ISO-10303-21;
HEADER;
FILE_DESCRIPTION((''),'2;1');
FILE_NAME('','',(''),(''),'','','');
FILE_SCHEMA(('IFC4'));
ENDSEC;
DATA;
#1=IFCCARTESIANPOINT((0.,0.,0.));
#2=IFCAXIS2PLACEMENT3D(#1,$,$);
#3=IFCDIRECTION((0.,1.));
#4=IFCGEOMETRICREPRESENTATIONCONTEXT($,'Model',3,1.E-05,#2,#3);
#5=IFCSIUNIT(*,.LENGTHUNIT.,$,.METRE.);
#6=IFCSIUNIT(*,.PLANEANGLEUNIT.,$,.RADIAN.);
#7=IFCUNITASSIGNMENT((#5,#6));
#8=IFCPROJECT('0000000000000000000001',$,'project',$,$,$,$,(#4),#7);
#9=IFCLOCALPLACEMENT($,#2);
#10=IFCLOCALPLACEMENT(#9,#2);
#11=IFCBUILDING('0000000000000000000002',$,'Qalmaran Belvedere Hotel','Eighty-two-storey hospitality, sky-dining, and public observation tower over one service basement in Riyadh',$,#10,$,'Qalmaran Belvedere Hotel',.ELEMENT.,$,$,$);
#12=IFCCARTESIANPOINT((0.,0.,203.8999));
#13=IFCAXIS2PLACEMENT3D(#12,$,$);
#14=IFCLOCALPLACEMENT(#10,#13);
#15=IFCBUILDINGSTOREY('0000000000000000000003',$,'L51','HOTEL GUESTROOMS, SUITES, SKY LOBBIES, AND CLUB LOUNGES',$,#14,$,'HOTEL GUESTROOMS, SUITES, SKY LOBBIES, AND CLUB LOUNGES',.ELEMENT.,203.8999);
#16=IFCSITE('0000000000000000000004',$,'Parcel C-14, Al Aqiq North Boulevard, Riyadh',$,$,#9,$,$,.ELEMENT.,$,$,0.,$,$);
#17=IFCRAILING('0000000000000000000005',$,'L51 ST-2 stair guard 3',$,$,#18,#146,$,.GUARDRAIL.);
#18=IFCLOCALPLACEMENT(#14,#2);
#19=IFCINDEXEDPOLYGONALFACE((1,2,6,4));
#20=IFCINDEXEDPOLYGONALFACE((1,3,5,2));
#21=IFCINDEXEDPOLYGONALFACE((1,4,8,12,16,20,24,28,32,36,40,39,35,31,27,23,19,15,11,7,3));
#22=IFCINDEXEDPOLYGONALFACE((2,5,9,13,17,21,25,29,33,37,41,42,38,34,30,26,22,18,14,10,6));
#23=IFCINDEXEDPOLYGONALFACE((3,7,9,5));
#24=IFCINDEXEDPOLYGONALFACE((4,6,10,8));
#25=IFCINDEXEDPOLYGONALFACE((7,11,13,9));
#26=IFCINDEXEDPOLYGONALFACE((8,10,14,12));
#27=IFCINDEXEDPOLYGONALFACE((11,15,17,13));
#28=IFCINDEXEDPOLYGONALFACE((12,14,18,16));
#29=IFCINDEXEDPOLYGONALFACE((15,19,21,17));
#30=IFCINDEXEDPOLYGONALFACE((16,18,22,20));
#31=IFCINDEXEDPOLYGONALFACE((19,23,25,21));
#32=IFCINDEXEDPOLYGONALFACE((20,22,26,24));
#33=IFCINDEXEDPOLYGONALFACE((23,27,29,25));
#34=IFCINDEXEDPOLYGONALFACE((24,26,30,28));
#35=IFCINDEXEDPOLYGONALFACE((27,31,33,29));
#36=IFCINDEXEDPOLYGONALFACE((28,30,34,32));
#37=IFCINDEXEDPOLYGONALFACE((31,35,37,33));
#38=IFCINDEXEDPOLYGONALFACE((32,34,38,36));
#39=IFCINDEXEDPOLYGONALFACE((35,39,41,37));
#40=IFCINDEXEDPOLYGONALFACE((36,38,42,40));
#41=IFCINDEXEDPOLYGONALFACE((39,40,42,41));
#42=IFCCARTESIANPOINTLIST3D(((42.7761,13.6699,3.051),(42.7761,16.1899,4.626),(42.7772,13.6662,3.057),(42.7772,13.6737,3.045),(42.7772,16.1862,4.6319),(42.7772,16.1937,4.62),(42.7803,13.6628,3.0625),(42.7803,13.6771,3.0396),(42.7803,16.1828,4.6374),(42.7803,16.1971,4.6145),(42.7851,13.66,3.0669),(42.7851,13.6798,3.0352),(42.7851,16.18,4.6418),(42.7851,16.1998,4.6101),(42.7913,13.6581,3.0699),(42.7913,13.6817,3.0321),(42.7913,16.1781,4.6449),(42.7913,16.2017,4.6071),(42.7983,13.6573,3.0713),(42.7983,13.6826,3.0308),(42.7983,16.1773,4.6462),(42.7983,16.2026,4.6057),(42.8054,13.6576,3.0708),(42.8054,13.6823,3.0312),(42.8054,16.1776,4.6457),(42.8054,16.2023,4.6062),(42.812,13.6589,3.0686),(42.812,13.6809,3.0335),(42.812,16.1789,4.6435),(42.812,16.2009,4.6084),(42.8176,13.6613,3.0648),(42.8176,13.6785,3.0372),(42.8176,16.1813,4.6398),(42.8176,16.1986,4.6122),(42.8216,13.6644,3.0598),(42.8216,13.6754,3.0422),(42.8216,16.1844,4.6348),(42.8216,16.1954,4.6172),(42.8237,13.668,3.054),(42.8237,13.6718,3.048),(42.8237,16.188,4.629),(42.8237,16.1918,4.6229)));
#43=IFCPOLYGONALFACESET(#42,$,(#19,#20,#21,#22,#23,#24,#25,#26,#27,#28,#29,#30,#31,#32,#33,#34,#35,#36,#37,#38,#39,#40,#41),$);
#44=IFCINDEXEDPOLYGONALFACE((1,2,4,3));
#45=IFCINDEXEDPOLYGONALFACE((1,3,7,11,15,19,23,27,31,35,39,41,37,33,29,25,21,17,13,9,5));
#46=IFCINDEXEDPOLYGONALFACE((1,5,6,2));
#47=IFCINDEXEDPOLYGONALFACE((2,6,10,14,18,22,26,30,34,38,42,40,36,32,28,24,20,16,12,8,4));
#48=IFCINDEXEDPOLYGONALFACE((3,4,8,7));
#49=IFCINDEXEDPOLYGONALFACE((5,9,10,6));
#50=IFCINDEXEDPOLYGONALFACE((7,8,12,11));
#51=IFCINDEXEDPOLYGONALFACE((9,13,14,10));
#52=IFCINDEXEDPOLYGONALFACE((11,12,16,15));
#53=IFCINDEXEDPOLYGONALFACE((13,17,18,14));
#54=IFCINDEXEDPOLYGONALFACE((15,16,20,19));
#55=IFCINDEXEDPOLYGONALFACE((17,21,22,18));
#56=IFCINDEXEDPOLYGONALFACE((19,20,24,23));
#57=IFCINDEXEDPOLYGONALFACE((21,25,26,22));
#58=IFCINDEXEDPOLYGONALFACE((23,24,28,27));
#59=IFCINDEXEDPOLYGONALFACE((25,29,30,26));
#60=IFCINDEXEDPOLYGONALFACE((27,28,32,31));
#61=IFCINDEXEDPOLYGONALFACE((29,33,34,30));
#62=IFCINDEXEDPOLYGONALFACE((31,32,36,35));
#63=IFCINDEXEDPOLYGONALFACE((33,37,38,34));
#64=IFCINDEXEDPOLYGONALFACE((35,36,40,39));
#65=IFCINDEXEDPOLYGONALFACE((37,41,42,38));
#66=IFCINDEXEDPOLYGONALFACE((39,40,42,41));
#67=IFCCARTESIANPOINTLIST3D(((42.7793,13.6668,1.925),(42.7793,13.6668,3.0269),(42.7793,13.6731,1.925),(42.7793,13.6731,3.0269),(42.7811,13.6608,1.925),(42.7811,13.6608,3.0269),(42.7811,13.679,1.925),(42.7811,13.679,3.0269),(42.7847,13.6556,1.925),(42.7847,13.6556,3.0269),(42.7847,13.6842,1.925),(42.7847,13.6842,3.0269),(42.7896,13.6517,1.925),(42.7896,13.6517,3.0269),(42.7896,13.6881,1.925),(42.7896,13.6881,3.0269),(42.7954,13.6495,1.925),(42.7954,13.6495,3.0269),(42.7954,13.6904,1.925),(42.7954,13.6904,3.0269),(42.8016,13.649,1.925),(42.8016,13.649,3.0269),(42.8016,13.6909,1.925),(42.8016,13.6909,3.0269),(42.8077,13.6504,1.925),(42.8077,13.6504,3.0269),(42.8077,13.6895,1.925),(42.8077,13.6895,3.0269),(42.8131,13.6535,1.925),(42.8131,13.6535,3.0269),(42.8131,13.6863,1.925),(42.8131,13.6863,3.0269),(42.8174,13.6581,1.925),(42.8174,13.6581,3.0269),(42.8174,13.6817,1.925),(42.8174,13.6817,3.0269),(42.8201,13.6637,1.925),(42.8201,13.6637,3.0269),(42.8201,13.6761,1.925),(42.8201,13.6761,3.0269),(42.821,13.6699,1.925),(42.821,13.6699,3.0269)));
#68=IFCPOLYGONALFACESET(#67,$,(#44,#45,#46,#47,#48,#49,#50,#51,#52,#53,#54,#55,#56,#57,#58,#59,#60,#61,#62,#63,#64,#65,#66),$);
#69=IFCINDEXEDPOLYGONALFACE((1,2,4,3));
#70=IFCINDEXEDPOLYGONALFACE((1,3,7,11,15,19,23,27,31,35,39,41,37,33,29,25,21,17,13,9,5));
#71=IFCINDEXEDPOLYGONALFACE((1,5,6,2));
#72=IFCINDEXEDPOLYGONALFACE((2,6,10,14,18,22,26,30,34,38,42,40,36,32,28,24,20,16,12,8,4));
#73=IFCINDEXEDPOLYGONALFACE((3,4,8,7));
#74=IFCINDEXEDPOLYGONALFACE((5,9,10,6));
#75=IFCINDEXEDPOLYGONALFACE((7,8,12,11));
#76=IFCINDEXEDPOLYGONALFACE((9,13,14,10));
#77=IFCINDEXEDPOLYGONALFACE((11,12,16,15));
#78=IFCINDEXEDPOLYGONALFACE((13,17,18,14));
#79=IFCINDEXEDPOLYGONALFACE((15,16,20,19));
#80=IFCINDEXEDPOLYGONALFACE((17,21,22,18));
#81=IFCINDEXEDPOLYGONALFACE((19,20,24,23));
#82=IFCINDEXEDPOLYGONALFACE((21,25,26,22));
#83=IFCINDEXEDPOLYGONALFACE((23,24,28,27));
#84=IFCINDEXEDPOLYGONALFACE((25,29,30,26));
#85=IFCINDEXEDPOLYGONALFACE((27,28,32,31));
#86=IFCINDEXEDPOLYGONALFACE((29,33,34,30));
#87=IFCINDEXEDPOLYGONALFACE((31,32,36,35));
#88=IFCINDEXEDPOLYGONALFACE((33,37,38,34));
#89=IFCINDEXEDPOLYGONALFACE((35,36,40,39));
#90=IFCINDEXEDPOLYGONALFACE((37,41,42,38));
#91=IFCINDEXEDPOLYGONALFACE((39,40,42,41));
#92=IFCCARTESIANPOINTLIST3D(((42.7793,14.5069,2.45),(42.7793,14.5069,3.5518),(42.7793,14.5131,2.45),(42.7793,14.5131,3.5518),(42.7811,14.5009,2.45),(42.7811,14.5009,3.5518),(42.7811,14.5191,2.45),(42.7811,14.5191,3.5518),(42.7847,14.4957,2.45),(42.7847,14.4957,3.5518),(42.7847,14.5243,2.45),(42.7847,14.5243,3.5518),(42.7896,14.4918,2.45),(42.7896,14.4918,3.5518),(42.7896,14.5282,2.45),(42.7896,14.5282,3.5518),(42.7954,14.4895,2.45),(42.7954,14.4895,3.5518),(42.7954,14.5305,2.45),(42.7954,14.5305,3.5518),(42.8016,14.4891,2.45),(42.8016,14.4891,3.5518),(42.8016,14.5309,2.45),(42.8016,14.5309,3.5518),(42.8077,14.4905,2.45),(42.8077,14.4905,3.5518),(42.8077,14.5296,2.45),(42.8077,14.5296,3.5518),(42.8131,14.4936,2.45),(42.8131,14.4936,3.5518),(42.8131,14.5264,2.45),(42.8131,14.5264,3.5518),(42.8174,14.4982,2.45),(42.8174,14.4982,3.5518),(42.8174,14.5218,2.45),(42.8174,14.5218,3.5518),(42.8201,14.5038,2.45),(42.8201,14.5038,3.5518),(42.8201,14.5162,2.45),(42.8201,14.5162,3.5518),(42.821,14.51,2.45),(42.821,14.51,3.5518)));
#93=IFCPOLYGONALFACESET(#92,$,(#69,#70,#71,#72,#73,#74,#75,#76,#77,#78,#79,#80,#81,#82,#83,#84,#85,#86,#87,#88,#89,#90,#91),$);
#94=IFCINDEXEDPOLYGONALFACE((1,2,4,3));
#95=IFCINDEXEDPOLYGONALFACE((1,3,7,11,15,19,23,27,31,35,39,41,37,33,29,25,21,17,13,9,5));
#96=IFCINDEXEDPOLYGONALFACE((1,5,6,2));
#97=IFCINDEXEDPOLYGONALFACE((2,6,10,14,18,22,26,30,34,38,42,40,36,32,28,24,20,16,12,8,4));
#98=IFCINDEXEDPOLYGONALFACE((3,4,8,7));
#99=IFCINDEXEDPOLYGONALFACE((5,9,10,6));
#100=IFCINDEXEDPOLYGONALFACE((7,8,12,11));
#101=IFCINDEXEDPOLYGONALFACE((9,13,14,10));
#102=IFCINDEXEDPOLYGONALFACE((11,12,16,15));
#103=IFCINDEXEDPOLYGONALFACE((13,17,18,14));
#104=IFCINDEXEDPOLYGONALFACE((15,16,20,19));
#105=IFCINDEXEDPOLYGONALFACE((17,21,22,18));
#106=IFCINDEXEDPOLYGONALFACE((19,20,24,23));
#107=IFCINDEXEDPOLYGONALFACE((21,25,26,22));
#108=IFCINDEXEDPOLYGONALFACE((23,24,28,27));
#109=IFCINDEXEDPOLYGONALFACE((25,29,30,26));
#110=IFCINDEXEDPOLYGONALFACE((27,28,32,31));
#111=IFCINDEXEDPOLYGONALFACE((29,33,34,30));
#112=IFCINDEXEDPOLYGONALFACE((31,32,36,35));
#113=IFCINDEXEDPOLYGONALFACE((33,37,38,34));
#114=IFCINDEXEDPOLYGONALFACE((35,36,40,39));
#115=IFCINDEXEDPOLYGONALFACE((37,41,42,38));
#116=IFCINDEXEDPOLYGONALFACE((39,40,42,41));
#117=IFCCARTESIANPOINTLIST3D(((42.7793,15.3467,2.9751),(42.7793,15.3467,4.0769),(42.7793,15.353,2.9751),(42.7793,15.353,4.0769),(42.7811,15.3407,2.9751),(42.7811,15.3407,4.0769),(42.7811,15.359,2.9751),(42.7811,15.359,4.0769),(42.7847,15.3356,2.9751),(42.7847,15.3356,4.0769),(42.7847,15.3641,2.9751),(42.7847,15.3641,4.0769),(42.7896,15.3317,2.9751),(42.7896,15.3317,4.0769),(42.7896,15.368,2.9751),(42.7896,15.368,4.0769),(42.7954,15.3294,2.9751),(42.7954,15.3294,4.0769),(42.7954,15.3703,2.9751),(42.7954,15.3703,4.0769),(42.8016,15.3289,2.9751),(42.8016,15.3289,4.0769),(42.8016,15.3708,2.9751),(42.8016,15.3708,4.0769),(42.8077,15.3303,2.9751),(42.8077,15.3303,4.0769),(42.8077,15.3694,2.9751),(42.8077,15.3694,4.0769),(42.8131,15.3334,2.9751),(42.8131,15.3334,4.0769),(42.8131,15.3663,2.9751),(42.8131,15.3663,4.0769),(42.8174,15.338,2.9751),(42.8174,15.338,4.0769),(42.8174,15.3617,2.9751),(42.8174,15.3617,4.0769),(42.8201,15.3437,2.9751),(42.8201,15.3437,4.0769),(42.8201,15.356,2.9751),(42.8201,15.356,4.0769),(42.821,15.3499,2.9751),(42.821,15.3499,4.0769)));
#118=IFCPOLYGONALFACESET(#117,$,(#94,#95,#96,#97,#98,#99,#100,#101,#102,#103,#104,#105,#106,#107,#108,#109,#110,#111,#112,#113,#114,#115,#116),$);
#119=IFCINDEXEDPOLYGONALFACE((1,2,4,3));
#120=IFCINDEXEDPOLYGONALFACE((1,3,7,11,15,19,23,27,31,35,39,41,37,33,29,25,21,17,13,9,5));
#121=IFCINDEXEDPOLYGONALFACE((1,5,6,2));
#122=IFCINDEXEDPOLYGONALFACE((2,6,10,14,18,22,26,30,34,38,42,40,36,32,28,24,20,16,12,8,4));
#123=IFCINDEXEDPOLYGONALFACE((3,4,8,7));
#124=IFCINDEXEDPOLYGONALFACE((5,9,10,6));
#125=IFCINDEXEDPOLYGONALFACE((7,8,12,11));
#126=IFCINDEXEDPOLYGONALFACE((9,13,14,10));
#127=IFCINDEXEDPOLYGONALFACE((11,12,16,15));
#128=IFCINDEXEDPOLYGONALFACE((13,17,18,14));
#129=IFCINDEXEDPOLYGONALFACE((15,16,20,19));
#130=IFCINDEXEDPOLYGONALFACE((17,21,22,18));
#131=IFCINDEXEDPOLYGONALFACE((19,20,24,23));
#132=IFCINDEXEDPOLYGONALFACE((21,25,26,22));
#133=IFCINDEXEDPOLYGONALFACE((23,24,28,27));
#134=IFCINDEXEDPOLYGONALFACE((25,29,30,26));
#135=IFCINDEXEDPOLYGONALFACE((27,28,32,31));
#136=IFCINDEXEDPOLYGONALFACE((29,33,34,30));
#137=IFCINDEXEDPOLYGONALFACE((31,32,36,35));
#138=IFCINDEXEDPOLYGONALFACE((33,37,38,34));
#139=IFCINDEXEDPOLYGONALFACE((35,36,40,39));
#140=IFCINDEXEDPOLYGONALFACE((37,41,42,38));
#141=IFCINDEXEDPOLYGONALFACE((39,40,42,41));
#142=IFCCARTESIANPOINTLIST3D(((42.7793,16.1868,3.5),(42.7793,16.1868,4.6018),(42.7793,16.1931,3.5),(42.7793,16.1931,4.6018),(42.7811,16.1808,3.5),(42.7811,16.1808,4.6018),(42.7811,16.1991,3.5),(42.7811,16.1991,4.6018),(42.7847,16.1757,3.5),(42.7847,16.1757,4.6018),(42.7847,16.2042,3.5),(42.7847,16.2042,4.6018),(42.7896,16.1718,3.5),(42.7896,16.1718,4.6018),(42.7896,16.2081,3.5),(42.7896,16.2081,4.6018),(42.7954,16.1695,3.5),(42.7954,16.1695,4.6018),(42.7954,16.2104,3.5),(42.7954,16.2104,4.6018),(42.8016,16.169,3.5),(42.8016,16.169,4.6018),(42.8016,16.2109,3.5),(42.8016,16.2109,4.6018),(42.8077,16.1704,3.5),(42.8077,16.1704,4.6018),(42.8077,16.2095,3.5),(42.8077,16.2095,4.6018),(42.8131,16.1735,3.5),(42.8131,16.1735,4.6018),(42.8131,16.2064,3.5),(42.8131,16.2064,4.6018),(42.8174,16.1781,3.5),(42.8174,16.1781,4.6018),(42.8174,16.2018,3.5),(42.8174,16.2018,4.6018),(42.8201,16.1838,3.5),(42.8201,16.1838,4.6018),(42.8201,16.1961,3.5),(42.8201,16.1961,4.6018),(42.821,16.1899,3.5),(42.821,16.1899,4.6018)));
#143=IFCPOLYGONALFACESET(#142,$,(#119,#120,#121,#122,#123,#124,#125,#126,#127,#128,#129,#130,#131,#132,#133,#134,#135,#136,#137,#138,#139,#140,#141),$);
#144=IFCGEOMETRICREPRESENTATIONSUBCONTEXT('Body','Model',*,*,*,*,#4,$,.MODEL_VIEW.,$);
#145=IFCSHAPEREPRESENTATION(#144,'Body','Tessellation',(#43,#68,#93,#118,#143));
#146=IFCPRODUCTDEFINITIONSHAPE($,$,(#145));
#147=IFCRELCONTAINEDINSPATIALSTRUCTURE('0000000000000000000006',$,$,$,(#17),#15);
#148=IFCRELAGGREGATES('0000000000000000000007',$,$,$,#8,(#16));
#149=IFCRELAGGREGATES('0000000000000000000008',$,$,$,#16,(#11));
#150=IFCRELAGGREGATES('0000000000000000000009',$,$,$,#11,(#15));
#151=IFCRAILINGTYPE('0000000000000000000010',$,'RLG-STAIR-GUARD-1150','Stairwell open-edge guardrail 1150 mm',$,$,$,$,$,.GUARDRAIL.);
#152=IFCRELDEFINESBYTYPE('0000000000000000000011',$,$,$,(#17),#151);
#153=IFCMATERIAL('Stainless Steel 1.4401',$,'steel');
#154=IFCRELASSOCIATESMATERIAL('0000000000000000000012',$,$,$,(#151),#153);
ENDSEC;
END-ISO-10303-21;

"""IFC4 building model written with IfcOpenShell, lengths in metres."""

from ifc_helpers import new_model, si_unit, direction, frame, origin, origin_2d, place, context, subcontext, project, spatial, circle, extrude, material, type_object, element, save


model = new_model("IFC4")

# Units and contexts
model_context = context("Model", 3, precision=1e-05, world=origin(), true_north=direction((0.0, 1.0)))
body_context = subcontext(model_context, "Body", "Model", "MODEL_VIEW")
ifc_project = project(units=[si_unit("LENGTHUNIT", "METRE"), si_unit("PLANEANGLEUNIT", "RADIAN")], contexts=[model_context])

# Site, building, storey
site_placement = place(None, origin())
site = spatial("IfcSite", under=ifc_project, at=site_placement, Name="Parcel C-14, Al Aqiq North Boulevard, Riyadh", CompositionType="ELEMENT", RefElevation=0.0)
building_placement = place(site_placement, origin())
building = spatial("IfcBuilding", under=site, at=building_placement, Name="Qalmaran Belvedere Hotel", Description="Eighty-two-storey hospitality, sky-dining, and public observation tower over one service basement in Riyadh", LongName="Qalmaran Belvedere Hotel", CompositionType="ELEMENT")
storey_placement = place(building_placement, frame((0.0, 0.0, 203.8999)))
storey = spatial("IfcBuildingStorey", under=building, at=storey_placement, Name="L51", Description="HOTEL GUESTROOMS, SUITES, SKY LOBBIES, AND CLUB LOUNGES", LongName="HOTEL GUESTROOMS, SUITES, SKY LOBBIES, AND CLUB LOUNGES", CompositionType="ELEMENT", Elevation=203.8999)

# Railing
ifc_material_1 = material(Name="Stainless Steel 1.4401", Category="steel")
railing_type_1 = type_object("IfcRailingType", Name="RLG-STAIR-GUARD-1150", Description="Stairwell open-edge guardrail 1150 mm", PredefinedType="GUARDRAIL", material=ifc_material_1)
railing_1_placement = place(storey_placement, frame((42.8, 13.6699, 1.925)))
element("IfcRailing", 1, at=railing_1_placement, inside=storey, type_object=railing_type_1, Name="L51 ST-2 stair guard 3", PredefinedType="GUARDRAIL", context=body_context, shape_type="SweptSolid", body=[
    extrude(circle(Radius=0.0239, at=origin_2d()), frame((0.0, 0.0, 1.126), z_axis=(0.0, 0.848008, 0.529984), x_axis=(-1.0, 0.0, 0.0)), (0.0, 0.0, 1.0), 2.9717),
    extrude(circle(Radius=0.021, at=origin_2d()), origin(), (0.0, 0.0, 1.0), 1.1018),
    extrude(circle(Radius=0.021, at=origin_2d()), frame((0.0, 0.8401, 0.5249)), (0.0, 0.0, 1.0), 1.1018),
    extrude(circle(Radius=0.021, at=origin_2d()), frame((0.0, 1.6799, 1.05)), (0.0, 0.0, 1.0), 1.1018),
    extrude(circle(Radius=0.021, at=origin_2d()), frame((0.0, 2.52, 1.575)), (0.0, 0.0, 1.0), 1.1018),
])

save(model, "model.ifc")
